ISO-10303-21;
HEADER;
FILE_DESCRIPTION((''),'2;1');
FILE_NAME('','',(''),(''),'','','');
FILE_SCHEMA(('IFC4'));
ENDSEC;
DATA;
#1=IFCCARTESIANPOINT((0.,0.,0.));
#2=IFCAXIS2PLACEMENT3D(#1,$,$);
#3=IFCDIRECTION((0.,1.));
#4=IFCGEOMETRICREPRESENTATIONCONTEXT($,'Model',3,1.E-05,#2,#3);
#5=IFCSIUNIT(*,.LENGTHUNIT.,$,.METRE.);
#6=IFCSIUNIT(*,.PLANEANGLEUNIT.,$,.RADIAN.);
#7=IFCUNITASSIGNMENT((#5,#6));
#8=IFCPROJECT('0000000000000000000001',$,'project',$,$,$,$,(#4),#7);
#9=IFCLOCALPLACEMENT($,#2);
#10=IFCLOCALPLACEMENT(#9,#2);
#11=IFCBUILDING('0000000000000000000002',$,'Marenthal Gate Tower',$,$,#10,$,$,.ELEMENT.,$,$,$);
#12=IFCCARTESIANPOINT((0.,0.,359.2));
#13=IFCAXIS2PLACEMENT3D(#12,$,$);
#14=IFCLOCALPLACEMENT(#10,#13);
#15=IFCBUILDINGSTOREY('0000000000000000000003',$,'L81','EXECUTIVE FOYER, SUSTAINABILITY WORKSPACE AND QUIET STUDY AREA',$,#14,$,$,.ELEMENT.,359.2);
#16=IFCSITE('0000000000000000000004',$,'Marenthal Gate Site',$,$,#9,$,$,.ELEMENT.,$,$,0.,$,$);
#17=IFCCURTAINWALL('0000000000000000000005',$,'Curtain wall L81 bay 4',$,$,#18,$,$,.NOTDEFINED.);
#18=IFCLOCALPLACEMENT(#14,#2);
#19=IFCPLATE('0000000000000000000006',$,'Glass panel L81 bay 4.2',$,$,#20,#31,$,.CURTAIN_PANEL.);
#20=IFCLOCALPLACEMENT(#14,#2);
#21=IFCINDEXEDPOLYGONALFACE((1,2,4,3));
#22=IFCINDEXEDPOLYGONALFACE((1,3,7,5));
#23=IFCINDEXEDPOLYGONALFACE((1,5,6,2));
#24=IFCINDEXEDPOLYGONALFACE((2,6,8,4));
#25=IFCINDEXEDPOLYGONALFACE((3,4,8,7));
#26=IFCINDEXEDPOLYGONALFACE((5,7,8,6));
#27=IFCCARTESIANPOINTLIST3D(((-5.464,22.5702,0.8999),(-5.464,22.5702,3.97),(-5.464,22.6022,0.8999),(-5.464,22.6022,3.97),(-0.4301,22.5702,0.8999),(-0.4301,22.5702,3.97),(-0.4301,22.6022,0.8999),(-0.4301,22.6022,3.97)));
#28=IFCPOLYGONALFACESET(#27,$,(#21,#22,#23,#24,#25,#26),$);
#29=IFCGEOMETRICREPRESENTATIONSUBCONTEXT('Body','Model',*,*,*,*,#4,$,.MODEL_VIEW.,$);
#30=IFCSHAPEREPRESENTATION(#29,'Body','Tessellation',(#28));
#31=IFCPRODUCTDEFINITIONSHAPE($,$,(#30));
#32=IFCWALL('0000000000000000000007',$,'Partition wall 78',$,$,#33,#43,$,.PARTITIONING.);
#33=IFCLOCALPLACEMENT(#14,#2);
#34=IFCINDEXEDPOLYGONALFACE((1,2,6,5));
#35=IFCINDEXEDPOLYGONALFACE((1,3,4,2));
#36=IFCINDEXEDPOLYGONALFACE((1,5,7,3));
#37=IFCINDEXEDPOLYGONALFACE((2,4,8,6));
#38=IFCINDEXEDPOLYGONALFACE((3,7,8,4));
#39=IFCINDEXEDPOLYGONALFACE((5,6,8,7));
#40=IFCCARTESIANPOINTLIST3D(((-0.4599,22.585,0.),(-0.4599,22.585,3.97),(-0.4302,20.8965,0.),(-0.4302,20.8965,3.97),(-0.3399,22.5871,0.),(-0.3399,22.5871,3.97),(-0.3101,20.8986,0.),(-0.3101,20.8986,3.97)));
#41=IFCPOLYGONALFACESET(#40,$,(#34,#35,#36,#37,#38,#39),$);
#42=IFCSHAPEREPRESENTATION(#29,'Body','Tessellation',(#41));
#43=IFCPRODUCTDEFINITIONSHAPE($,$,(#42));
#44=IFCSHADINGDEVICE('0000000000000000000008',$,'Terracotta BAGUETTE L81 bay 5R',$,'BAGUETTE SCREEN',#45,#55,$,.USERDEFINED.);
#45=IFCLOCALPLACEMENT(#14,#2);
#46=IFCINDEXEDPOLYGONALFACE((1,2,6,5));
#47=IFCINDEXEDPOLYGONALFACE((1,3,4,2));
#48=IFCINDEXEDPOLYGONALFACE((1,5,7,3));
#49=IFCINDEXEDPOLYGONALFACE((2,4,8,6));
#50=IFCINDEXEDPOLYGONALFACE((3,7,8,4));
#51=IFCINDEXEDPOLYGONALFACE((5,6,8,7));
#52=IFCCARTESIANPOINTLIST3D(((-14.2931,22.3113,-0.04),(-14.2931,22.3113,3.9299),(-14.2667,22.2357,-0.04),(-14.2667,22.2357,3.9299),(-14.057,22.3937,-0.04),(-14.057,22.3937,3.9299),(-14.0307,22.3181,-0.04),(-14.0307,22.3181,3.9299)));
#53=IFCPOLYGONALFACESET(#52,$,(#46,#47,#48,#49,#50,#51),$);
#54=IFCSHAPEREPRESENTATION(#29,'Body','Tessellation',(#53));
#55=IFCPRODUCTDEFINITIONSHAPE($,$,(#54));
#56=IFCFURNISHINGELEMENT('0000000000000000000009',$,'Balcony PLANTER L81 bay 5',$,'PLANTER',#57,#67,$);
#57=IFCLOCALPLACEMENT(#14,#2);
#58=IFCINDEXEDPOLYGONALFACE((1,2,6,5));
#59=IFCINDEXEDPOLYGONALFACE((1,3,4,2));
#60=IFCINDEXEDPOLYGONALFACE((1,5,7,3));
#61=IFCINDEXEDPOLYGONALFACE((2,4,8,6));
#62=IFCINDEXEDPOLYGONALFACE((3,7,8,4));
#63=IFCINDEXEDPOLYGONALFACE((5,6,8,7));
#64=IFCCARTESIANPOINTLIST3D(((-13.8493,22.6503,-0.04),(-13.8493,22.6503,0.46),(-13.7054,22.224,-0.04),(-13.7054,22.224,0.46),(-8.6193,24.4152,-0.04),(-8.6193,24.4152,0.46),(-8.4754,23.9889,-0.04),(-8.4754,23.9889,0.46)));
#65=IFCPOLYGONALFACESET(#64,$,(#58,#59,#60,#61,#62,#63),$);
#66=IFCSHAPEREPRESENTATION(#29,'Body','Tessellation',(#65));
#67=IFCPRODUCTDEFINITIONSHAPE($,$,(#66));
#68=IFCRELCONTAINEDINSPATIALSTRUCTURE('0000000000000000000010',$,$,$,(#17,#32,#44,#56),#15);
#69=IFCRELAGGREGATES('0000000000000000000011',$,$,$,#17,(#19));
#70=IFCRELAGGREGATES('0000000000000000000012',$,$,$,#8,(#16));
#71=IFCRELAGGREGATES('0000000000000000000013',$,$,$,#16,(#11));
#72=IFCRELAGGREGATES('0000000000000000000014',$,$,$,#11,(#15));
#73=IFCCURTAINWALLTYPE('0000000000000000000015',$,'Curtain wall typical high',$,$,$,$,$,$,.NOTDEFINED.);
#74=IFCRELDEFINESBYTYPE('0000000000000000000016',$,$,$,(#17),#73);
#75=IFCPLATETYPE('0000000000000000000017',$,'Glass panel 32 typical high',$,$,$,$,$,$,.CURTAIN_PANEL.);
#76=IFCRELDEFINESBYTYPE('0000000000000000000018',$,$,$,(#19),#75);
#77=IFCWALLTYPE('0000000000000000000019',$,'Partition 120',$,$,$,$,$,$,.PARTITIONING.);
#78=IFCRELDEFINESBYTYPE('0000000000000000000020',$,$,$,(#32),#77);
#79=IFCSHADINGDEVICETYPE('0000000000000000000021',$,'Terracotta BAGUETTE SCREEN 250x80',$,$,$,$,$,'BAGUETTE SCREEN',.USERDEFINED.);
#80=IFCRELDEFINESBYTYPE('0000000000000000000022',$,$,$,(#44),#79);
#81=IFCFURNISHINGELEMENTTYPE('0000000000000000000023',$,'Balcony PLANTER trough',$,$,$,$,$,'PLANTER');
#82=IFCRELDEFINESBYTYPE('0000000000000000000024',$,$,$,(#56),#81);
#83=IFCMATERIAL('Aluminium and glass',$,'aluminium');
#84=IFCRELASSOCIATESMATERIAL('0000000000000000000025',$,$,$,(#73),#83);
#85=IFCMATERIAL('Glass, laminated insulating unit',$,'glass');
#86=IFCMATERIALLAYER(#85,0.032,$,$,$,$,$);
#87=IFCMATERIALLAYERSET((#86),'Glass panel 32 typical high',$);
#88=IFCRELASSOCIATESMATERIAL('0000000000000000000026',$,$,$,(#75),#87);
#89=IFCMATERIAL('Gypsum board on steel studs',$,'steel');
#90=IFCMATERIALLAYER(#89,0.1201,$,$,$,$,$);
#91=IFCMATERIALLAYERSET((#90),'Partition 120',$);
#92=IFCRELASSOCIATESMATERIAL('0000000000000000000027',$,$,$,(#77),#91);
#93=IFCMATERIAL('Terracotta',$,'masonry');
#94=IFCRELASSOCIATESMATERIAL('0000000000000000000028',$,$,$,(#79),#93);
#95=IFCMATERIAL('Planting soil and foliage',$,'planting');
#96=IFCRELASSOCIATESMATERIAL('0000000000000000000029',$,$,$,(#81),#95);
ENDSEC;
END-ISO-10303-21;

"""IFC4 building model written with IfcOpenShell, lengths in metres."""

from ifc_helpers import new_model, si_unit, direction, frame, frame_2d, origin, origin_2d, place, context, subcontext, project, spatial, rectangle, extrude, material, layer, layer_set, material_profile, profile_set, type_object, element, aggregate, save


model = new_model("IFC4")

# Units and contexts
model_context = context("Model", 3, precision=1e-05, world=origin(), true_north=direction((0.0, 1.0)))
body_context = subcontext(model_context, "Body", "Model", "MODEL_VIEW")
ifc_project = project(units=[si_unit("LENGTHUNIT", "METRE"), si_unit("PLANEANGLEUNIT", "RADIAN")], contexts=[model_context])

# Site, building, storey
site_placement = place(None, origin())
site = spatial("IfcSite", under=ifc_project, at=site_placement, Name="Marenthal Gate Site", CompositionType="ELEMENT", RefElevation=0.0)
building_placement = place(site_placement, origin())
building = spatial("IfcBuilding", under=site, at=building_placement, Name="Marenthal Gate Tower", CompositionType="ELEMENT")
storey_placement = place(building_placement, frame((0.0, 0.0, 359.2)))
storey = spatial("IfcBuildingStorey", under=building, at=storey_placement, Name="L81", Description="EXECUTIVE FOYER, SUSTAINABILITY WORKSPACE AND QUIET STUDY AREA", CompositionType="ELEMENT", Elevation=359.2)

# Curtain wall
ifc_material_1 = material(Name="Aluminium and glass", Category="aluminium")
curtain_wall_type = type_object("IfcCurtainWallType", Name="Curtain wall typical high", PredefinedType="NOTDEFINED", material=ifc_material_1)
curtain_wall_placement = place(storey_placement, origin())
curtain_wall = element("IfcCurtainWall", 1, at=curtain_wall_placement, inside=storey, type_object=curtain_wall_type, Name="Curtain wall L81 bay 4", PredefinedType="NOTDEFINED")

# Plate
ifc_material_2 = material(Name="Glass, laminated insulating unit", Category="glass")
ifc_layer_1 = layer(ifc_material_2, 0.032)
ifc_layer_set_1 = layer_set([ifc_layer_1], Name="Glass panel 32 typical high")
plate_type = type_object("IfcPlateType", Name="Glass panel 32 typical high", PredefinedType="CURTAIN_PANEL", material=ifc_layer_set_1)
plate_placement = place(storey_placement, frame((-2.947, 22.5862, 0.8999), z_axis=(0.0, 0.0, 1.0), x_axis=(-1.0, 0.0, 0.0)))
plate = element("IfcPlate", 2, at=plate_placement, type_object=plate_type, Name="Glass panel L81 bay 4.2", PredefinedType="CURTAIN_PANEL", context=body_context, shape_type="SweptSolid", body=[
    extrude(rectangle(XDim=5.0339, YDim=0.032, at=origin_2d()), origin(), (0.0, 0.0, 1.0), 3.0701),
])
aggregate(curtain_wall, [plate])

# Wall
ifc_material_3 = material(Name="Gypsum board on steel studs", Category="steel")
ifc_layer_2 = layer(ifc_material_3, 0.1201)
ifc_layer_set_2 = layer_set([ifc_layer_2], Name="Partition 120")
wall_type_1 = type_object("IfcWallType", Name="Partition 120", PredefinedType="PARTITIONING", material=ifc_layer_set_2)
wall_1_placement = place(storey_placement, frame((-0.3701, 20.8977, 0.0), z_axis=(0.0, 0.0, 1.0), x_axis=(-0.017638, 0.999844, 0.0)))
element("IfcWall", 3, at=wall_1_placement, inside=storey, type_object=wall_type_1, Name="Partition wall 78", PredefinedType="PARTITIONING", context=body_context, shape_type="SweptSolid", body=[
    extrude(rectangle(XDim=1.6887, YDim=0.1201, at=frame_2d((0.8442, 0.0))), origin(), (0.0, 0.0, 1.0), 3.97),
])

# Shading device
ifc_material_4 = material(Name="Terracotta", Category="masonry")
ifc_material_profile_1 = material_profile(ifc_material_4, rectangle(XDim=0.25, YDim=0.0801, at=origin_2d()), Name="Terracotta baguette 250x80")
ifc_profile_set_1 = profile_set([ifc_material_profile_1], Name="Terracotta")
shading_device_type = type_object("IfcShadingDeviceType", Name="Terracotta BAGUETTE SCREEN 250x80", ElementType="BAGUETTE SCREEN", PredefinedType="USERDEFINED", material=ifc_profile_set_1)
shading_device_placement = place(storey_placement, frame((-14.1619, 22.3147, -0.04), z_axis=(0.0, 0.0, 1.0), x_axis=(-0.944118, -0.329607, 0.0)))
element("IfcShadingDevice", 4, at=shading_device_placement, inside=storey, type_object=shading_device_type, Name="Terracotta BAGUETTE L81 bay 5R", ObjectType="BAGUETTE SCREEN", PredefinedType="USERDEFINED", context=body_context, shape_type="SweptSolid", body=[
    extrude(rectangle(XDim=0.25, YDim=0.0801, at=origin_2d()), origin(), (0.0, 0.0, 1.0), 3.97),
])

# Furnishing element
ifc_material_5 = material(Name="Planting soil and foliage", Category="planting")
furnishing_element_type = type_object("IfcFurnishingElementType", Name="Balcony PLANTER trough", ElementType="PLANTER", material=ifc_material_5)
furnishing_placement = place(storey_placement, frame((-11.1624, 23.3196, -0.04), z_axis=(0.0, 0.0, 1.0), x_axis=(-0.947505, -0.31974, 0.0)))
element("IfcFurnishingElement", 5, at=furnishing_placement, inside=storey, type_object=furnishing_element_type, Name="Balcony PLANTER L81 bay 5", ObjectType="PLANTER", context=body_context, shape_type="SweptSolid", body=[
    extrude(rectangle(XDim=5.5198, YDim=0.45, at=origin_2d()), origin(), (0.0, 0.0, 1.0), 0.5),
])

save(model, "model.ifc")
